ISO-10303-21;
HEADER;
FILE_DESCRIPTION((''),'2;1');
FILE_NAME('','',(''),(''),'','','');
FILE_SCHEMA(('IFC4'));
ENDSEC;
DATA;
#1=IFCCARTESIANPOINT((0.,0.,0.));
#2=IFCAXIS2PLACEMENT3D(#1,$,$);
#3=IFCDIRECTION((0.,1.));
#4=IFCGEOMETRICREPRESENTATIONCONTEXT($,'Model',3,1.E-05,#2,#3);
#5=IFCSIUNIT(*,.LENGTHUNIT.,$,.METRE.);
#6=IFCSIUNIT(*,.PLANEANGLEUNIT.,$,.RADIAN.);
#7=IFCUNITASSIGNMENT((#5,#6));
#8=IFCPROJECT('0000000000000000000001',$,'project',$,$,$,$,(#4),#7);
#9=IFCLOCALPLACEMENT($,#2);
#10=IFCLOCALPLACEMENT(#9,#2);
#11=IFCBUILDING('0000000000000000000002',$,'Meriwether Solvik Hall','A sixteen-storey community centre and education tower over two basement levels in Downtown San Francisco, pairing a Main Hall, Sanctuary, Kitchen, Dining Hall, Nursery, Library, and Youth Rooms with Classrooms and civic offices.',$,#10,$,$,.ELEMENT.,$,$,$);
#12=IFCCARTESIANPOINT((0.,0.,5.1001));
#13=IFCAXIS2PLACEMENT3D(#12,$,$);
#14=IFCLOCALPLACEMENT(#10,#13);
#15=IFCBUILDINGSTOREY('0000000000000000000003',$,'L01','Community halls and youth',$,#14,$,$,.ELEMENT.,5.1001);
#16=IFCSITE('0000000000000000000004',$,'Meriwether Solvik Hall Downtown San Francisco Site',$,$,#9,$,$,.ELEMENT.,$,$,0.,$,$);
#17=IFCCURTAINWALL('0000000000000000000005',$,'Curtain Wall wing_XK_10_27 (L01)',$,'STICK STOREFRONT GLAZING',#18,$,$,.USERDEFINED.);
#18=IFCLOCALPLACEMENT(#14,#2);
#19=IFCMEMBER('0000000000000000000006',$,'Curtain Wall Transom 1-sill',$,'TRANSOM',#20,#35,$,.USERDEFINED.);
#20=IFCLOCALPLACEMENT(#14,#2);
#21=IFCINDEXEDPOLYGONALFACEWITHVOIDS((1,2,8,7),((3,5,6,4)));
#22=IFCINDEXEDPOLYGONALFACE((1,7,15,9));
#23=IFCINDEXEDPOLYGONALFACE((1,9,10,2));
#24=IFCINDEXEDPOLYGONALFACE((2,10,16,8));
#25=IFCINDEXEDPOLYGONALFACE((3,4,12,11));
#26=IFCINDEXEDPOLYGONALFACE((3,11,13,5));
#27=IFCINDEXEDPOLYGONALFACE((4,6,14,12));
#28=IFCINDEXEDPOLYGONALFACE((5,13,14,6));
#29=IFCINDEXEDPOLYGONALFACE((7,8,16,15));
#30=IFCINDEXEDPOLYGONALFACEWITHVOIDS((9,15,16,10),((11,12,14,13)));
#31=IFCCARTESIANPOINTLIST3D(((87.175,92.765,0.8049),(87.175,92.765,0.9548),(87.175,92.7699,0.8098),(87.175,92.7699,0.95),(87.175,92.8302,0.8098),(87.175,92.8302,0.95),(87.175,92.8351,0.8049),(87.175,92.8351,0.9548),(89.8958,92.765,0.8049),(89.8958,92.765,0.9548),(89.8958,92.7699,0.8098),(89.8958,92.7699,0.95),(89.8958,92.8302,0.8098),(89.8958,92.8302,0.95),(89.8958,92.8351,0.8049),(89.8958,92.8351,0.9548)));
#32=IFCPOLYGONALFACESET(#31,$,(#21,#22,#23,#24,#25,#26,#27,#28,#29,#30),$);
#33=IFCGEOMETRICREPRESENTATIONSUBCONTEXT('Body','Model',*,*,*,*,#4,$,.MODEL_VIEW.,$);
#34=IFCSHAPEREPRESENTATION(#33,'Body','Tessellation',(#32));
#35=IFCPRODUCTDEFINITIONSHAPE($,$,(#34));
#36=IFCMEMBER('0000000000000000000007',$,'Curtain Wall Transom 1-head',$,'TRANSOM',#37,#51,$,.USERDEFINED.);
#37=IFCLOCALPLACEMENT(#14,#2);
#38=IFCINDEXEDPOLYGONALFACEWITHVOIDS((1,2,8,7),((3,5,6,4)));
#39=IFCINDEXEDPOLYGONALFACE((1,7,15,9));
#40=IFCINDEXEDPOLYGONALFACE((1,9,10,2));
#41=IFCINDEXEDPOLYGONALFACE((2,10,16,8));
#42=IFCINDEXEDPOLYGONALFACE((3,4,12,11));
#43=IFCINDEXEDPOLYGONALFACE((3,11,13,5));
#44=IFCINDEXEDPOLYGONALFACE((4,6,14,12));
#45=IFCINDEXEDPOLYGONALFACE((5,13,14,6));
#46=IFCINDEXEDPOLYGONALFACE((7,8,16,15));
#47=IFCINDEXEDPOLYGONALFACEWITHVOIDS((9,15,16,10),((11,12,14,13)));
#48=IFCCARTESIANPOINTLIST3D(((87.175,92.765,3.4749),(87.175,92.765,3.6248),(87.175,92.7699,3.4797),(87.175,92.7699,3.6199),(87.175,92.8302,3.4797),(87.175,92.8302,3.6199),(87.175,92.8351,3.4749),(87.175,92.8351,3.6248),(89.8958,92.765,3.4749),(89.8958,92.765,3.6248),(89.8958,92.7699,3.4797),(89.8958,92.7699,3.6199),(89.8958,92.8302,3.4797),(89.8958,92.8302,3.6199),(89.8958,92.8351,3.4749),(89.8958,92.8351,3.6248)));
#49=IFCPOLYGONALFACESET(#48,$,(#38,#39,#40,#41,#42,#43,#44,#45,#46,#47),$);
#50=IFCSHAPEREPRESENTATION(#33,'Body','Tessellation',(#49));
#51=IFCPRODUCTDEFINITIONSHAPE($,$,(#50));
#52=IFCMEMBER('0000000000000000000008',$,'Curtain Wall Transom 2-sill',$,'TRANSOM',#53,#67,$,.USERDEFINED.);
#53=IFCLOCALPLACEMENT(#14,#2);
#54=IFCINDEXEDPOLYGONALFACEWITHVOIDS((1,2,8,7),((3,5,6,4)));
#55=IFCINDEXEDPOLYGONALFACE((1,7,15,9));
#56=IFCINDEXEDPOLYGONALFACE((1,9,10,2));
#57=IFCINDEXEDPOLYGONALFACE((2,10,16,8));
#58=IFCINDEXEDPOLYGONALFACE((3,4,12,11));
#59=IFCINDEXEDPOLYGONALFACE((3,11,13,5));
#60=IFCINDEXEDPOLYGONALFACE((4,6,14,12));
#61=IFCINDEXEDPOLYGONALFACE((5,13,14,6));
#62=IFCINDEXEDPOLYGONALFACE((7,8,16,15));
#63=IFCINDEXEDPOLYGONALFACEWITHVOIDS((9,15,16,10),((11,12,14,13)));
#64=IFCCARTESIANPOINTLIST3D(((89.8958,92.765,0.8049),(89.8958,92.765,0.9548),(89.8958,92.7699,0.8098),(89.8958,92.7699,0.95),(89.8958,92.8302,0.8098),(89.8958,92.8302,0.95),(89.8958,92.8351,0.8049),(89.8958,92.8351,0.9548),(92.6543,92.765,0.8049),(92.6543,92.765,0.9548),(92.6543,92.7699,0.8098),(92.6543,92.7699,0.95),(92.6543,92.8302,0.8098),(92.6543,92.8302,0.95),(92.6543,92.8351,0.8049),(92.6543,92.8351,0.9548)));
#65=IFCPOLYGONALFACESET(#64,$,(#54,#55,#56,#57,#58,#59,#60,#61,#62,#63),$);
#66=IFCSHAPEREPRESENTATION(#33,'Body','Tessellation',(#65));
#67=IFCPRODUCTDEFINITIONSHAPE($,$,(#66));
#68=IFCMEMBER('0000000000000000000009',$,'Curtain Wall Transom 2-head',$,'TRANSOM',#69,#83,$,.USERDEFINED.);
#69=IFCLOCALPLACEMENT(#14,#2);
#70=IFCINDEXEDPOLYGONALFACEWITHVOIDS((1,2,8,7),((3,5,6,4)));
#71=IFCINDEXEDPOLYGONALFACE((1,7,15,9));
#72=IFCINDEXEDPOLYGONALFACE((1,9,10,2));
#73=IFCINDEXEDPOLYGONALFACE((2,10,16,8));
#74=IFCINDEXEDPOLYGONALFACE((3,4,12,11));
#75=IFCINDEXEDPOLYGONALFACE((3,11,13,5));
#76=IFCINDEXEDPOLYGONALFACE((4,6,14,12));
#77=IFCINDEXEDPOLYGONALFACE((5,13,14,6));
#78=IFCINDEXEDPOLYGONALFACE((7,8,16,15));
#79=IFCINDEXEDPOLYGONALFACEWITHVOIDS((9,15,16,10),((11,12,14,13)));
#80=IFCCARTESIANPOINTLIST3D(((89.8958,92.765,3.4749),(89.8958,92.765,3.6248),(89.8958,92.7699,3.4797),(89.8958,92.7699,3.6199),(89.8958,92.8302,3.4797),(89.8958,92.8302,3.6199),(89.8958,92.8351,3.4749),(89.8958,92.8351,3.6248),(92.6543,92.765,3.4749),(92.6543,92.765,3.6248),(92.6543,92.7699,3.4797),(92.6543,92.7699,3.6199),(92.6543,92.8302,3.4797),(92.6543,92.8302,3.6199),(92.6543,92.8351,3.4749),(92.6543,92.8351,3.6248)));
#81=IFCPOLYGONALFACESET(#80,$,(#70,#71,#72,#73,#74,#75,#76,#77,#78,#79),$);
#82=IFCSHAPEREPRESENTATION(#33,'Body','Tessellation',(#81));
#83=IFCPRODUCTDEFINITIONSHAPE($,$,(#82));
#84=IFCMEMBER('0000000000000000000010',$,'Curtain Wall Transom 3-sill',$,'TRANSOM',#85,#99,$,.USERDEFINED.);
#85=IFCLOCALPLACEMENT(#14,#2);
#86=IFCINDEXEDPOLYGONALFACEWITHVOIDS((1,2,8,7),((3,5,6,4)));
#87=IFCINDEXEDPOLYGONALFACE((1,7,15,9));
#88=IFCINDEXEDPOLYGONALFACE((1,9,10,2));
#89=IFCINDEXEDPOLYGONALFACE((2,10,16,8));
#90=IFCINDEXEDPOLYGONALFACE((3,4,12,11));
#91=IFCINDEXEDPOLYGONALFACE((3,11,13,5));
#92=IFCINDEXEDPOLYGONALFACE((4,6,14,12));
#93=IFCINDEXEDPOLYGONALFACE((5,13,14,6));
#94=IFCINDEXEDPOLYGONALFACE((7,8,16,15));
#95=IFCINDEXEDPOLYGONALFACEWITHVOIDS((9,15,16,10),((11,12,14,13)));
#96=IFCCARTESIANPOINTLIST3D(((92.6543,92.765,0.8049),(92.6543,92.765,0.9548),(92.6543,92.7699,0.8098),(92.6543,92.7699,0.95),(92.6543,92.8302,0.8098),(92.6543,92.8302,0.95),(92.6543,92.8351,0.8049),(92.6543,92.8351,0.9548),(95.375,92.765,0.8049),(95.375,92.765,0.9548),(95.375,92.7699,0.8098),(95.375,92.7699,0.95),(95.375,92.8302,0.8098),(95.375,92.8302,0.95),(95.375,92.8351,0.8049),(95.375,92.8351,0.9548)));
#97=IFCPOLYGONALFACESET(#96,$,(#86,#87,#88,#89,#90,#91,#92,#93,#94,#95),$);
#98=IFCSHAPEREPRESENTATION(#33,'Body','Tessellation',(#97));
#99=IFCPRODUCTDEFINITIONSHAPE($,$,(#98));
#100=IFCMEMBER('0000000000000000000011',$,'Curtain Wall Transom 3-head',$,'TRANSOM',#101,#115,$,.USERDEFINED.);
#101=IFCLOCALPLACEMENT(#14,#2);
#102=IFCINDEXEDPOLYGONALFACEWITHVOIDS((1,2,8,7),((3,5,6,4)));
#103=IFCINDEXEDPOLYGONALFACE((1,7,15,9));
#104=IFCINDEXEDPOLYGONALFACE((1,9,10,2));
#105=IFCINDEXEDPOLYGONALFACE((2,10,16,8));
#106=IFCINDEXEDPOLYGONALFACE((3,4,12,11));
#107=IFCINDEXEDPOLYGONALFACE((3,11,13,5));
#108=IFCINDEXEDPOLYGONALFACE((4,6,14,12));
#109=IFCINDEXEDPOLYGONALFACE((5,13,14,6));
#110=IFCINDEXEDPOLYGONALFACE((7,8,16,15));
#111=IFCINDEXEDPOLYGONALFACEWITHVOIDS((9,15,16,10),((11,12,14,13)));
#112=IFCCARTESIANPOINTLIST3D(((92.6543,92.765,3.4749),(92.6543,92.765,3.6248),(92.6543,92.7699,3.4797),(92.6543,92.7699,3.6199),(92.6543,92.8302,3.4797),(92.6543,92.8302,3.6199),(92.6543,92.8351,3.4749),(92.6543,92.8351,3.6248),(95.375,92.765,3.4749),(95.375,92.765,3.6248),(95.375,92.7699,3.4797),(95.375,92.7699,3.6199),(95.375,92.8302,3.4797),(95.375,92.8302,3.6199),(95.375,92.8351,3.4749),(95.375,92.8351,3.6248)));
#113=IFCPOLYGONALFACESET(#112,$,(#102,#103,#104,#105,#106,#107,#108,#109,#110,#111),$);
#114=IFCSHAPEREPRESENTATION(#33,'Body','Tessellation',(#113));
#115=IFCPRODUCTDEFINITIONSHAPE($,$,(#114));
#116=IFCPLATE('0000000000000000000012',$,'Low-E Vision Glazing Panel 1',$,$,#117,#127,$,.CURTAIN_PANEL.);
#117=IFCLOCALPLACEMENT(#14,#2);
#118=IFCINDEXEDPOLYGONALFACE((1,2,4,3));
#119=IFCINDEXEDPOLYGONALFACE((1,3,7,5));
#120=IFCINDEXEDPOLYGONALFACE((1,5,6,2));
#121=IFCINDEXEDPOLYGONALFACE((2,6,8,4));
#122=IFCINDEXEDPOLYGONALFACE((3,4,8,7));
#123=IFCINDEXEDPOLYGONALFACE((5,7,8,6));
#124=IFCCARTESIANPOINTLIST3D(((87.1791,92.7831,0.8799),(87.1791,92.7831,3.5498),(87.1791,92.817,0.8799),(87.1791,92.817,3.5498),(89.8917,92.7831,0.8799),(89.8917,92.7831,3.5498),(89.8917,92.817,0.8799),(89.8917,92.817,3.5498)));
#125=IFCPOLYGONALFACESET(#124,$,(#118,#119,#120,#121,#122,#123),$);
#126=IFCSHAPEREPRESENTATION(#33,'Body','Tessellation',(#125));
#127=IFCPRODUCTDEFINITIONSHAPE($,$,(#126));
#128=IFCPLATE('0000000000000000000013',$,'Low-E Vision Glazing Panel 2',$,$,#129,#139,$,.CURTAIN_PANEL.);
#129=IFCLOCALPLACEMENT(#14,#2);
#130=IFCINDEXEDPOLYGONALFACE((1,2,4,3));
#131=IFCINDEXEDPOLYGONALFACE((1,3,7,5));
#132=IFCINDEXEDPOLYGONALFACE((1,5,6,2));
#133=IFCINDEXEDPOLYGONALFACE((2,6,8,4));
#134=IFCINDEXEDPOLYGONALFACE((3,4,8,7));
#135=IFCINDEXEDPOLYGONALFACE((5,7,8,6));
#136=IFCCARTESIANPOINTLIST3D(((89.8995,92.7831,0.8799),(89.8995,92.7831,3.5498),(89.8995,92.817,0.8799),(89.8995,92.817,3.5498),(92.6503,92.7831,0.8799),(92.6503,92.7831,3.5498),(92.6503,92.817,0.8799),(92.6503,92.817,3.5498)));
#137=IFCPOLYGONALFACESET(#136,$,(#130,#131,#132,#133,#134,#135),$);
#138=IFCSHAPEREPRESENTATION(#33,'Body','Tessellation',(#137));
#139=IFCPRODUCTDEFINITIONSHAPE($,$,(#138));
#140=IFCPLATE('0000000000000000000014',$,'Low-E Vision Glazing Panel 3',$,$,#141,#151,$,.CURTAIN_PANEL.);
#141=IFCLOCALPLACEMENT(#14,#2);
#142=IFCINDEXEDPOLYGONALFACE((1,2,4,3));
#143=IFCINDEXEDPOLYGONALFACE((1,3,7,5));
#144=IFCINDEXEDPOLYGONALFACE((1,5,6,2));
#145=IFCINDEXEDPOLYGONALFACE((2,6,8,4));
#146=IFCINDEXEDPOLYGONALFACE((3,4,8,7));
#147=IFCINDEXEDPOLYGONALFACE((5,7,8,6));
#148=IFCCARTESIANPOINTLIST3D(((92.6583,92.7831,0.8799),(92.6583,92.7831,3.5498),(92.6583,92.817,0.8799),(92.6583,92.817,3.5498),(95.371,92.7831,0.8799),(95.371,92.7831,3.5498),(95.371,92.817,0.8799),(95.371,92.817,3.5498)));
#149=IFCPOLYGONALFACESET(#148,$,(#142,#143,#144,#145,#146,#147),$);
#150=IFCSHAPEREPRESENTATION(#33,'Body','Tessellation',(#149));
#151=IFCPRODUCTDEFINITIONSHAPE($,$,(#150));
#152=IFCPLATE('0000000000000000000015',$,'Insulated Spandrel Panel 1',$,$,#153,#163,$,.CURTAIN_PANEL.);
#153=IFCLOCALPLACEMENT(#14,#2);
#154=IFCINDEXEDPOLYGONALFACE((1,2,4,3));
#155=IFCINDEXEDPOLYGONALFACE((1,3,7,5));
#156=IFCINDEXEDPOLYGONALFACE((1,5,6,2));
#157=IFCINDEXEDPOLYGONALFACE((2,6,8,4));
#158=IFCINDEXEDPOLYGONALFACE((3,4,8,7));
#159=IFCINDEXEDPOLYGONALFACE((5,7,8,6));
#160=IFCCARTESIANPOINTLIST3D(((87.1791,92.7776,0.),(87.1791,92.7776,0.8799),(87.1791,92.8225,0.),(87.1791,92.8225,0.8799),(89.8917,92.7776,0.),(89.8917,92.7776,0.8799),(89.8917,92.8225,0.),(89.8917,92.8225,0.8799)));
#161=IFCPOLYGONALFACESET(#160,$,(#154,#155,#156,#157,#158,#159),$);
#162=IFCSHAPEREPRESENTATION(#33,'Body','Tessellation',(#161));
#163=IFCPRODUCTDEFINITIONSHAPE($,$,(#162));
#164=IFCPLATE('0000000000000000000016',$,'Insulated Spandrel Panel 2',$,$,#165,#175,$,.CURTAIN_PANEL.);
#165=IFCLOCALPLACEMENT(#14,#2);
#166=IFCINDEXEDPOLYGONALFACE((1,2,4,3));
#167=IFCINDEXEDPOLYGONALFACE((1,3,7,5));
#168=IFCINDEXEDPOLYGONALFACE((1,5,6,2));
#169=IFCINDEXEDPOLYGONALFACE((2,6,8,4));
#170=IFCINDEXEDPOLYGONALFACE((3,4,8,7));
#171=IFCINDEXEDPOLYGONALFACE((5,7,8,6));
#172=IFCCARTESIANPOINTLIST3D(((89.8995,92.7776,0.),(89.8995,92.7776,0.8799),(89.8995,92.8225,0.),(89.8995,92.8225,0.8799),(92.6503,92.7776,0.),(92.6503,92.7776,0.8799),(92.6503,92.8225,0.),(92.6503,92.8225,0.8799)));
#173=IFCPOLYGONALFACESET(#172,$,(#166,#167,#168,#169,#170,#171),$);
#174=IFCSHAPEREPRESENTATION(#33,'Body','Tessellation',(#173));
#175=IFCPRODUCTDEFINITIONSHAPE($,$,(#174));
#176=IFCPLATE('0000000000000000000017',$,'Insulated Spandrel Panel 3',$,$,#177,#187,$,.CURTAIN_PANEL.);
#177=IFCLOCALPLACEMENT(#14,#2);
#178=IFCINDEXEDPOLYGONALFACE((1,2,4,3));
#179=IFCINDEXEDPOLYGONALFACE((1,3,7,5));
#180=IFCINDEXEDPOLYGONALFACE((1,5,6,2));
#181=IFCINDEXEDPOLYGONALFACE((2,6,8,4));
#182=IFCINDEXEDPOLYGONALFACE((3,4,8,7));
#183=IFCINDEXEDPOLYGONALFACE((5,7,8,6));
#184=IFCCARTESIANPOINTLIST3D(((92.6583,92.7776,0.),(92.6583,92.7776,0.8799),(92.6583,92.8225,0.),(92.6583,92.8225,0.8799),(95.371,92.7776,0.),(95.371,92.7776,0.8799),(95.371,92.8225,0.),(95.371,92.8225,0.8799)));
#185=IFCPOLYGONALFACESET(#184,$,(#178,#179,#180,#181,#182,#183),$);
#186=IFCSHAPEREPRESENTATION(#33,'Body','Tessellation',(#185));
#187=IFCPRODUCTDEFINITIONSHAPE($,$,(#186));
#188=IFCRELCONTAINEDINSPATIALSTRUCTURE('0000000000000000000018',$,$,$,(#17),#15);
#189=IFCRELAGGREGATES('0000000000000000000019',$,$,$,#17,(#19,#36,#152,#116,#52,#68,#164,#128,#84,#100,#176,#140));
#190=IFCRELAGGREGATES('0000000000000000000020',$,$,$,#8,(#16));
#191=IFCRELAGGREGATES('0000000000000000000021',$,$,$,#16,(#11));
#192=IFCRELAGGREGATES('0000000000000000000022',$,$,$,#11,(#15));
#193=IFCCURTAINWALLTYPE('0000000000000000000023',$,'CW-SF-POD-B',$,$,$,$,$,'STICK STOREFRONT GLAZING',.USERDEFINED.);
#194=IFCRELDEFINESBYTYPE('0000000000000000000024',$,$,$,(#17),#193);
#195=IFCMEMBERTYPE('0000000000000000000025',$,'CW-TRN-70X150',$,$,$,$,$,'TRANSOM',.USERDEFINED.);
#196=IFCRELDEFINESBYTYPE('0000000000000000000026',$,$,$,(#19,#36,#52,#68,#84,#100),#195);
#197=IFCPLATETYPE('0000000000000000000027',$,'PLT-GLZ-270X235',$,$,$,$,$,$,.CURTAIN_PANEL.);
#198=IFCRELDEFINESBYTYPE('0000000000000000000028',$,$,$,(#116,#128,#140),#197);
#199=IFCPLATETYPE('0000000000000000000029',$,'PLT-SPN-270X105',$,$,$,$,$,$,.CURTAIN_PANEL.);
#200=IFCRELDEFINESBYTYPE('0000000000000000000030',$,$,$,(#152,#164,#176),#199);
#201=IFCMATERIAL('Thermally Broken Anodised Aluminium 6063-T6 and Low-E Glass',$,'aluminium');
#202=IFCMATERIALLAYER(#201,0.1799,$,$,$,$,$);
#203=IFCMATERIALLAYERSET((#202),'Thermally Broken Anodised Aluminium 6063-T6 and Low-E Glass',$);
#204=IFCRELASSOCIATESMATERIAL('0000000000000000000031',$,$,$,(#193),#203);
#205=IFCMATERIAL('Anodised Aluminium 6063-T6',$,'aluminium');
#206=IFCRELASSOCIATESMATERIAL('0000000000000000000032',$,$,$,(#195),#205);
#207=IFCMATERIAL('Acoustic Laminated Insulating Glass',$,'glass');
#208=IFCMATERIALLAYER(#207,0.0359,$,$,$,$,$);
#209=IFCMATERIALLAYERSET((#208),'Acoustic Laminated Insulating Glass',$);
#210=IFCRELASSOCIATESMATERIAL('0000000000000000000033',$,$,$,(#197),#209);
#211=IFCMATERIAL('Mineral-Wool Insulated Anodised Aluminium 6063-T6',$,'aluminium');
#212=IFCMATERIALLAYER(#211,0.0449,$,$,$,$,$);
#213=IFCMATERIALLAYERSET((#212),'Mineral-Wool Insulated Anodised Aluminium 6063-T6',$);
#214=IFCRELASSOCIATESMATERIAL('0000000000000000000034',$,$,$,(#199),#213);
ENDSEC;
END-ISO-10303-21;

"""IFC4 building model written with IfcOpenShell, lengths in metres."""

from ifc_helpers import new_model, si_unit, direction, frame, origin, origin_2d, place, context, subcontext, project, spatial, rectangle, hollow_rectangle, extrude, material, layer, layer_set, material_profile, profile_set, type_object, element, aggregate, save


model = new_model("IFC4")

# Units and contexts
model_context = context("Model", 3, precision=1e-05, world=origin(), true_north=direction((0.0, 1.0)))
body_context = subcontext(model_context, "Body", "Model", "MODEL_VIEW")
ifc_project = project(units=[si_unit("LENGTHUNIT", "METRE"), si_unit("PLANEANGLEUNIT", "RADIAN")], contexts=[model_context])

# Site, building, storey
site_placement = place(None, origin())
site = spatial("IfcSite", under=ifc_project, at=site_placement, Name="Meriwether Solvik Hall Downtown San Francisco Site", CompositionType="ELEMENT", RefElevation=0.0)
building_placement = place(site_placement, origin())
building = spatial("IfcBuilding", under=site, at=building_placement, Name="Meriwether Solvik Hall", Description="A sixteen-storey community centre and education tower over two basement levels in Downtown San Francisco, pairing a Main Hall, Sanctuary, Kitchen, Dining Hall, Nursery, Library, and Youth Rooms with Classrooms and civic offices.", CompositionType="ELEMENT")
storey_placement = place(building_placement, frame((0.0, 0.0, 5.1001)))
storey = spatial("IfcBuildingStorey", under=building, at=storey_placement, Name="L01", Description="Community halls and youth", CompositionType="ELEMENT", Elevation=5.1001)

# Curtain wall, members, plates
ifc_material_1 = material(Name="Thermally Broken Anodised Aluminium 6063-T6 and Low-E Glass", Category="aluminium")
ifc_layer_1 = layer(ifc_material_1, 0.1799)
ifc_layer_set_1 = layer_set([ifc_layer_1], Name="Thermally Broken Anodised Aluminium 6063-T6 and Low-E Glass")
curtain_wall_type = type_object("IfcCurtainWallType", Name="CW-SF-POD-B", ElementType="STICK STOREFRONT GLAZING", PredefinedType="USERDEFINED", material=ifc_layer_set_1)
curtain_wall_placement = place(storey_placement, origin())
curtain_wall = element("IfcCurtainWall", 1, at=curtain_wall_placement, inside=storey, type_object=curtain_wall_type, Name="Curtain Wall wing_XK_10_27 (L01)", ObjectType="STICK STOREFRONT GLAZING", PredefinedType="USERDEFINED")
ifc_material_2 = material(Name="Anodised Aluminium 6063-T6", Category="aluminium")
ifc_material_profile_1 = material_profile(ifc_material_2, hollow_rectangle(XDim=0.0701, YDim=0.1499, WallThickness=0.0049, at=origin_2d()), Name="CWT-70X150")
ifc_profile_set_1 = profile_set([ifc_material_profile_1], Name="Anodised Aluminium 6063-T6")
member_type_1 = type_object("IfcMemberType", Name="CW-TRN-70X150", ElementType="TRANSOM", PredefinedType="USERDEFINED", material=ifc_profile_set_1)
member_1_placement = place(storey_placement, frame((87.175, 92.8, 0.8799), z_axis=(1.0, 0.0, 0.0), x_axis=(0.0, 1.0, 0.0)))
member_1 = element("IfcMember", 2, at=member_1_placement, type_object=member_type_1, Name="Curtain Wall Transom 1-sill", ObjectType="TRANSOM", PredefinedType="USERDEFINED", context=body_context, shape_type="SweptSolid", body=[
    extrude(hollow_rectangle(XDim=0.0701, YDim=0.1499, WallThickness=0.0049, at=origin_2d()), origin(), (0.0, 0.0, 1.0), 2.7207),
])
member_2_placement = place(storey_placement, frame((87.175, 92.8, 3.5498), z_axis=(1.0, 0.0, 0.0), x_axis=(0.0, 1.0, 0.0)))
member_2 = element("IfcMember", 3, at=member_2_placement, type_object=member_type_1, Name="Curtain Wall Transom 1-head", ObjectType="TRANSOM", PredefinedType="USERDEFINED", context=body_context, shape_type="SweptSolid", body=[
    extrude(hollow_rectangle(XDim=0.0701, YDim=0.1499, WallThickness=0.0049, at=origin_2d()), origin(), (0.0, 0.0, 1.0), 2.7207),
])
member_3_placement = place(storey_placement, frame((89.8958, 92.8, 0.8799), z_axis=(1.0, 0.0, 0.0), x_axis=(0.0, 1.0, 0.0)))
member_3 = element("IfcMember", 4, at=member_3_placement, type_object=member_type_1, Name="Curtain Wall Transom 2-sill", ObjectType="TRANSOM", PredefinedType="USERDEFINED", context=body_context, shape_type="SweptSolid", body=[
    extrude(hollow_rectangle(XDim=0.0701, YDim=0.1499, WallThickness=0.0049, at=origin_2d()), origin(), (0.0, 0.0, 1.0), 2.7585),
])
member_4_placement = place(storey_placement, frame((89.8958, 92.8, 3.5498), z_axis=(1.0, 0.0, 0.0), x_axis=(0.0, 1.0, 0.0)))
member_4 = element("IfcMember", 5, at=member_4_placement, type_object=member_type_1, Name="Curtain Wall Transom 2-head", ObjectType="TRANSOM", PredefinedType="USERDEFINED", context=body_context, shape_type="SweptSolid", body=[
    extrude(hollow_rectangle(XDim=0.0701, YDim=0.1499, WallThickness=0.0049, at=origin_2d()), origin(), (0.0, 0.0, 1.0), 2.7585),
])
member_5_placement = place(storey_placement, frame((92.6543, 92.8, 0.8799), z_axis=(1.0, 0.0, 0.0), x_axis=(0.0, 1.0, 0.0)))
member_5 = element("IfcMember", 6, at=member_5_placement, type_object=member_type_1, Name="Curtain Wall Transom 3-sill", ObjectType="TRANSOM", PredefinedType="USERDEFINED", context=body_context, shape_type="SweptSolid", body=[
    extrude(hollow_rectangle(XDim=0.0701, YDim=0.1499, WallThickness=0.0049, at=origin_2d()), origin(), (0.0, 0.0, 1.0), 2.7207),
])
member_6_placement = place(storey_placement, frame((92.6543, 92.8, 3.5498), z_axis=(1.0, 0.0, 0.0), x_axis=(0.0, 1.0, 0.0)))
member_6 = element("IfcMember", 7, at=member_6_placement, type_object=member_type_1, Name="Curtain Wall Transom 3-head", ObjectType="TRANSOM", PredefinedType="USERDEFINED", context=body_context, shape_type="SweptSolid", body=[
    extrude(hollow_rectangle(XDim=0.0701, YDim=0.1499, WallThickness=0.0049, at=origin_2d()), origin(), (0.0, 0.0, 1.0), 2.7207),
])
ifc_material_3 = material(Name="Acoustic Laminated Insulating Glass", Category="glass")
ifc_layer_2 = layer(ifc_material_3, 0.0359)
ifc_layer_set_2 = layer_set([ifc_layer_2], Name="Acoustic Laminated Insulating Glass")
plate_type_1 = type_object("IfcPlateType", Name="PLT-GLZ-270X235", PredefinedType="CURTAIN_PANEL", material=ifc_layer_set_2)
plate_1_placement = place(storey_placement, frame((88.5354, 92.8, 0.8799), z_axis=(0.0, 0.0, 1.0), x_axis=(1.0, 0.0, 0.0)))
plate_1 = element("IfcPlate", 8, at=plate_1_placement, type_object=plate_type_1, Name="Low-E Vision Glazing Panel 1", PredefinedType="CURTAIN_PANEL", context=body_context, shape_type="SweptSolid", body=[
    extrude(rectangle(XDim=2.7126, YDim=0.0339, at=origin_2d()), origin(), (0.0, 0.0, 1.0), 2.6699),
])
plate_2_placement = place(storey_placement, frame((91.2749, 92.8, 0.8799), z_axis=(0.0, 0.0, 1.0), x_axis=(1.0, 0.0, 0.0)))
plate_2 = element("IfcPlate", 9, at=plate_2_placement, type_object=plate_type_1, Name="Low-E Vision Glazing Panel 2", PredefinedType="CURTAIN_PANEL", context=body_context, shape_type="SweptSolid", body=[
    extrude(rectangle(XDim=2.7507, YDim=0.0339, at=origin_2d()), origin(), (0.0, 0.0, 1.0), 2.6699),
])
plate_3_placement = place(storey_placement, frame((94.0146, 92.8, 0.8799), z_axis=(0.0, 0.0, 1.0), x_axis=(1.0, 0.0, 0.0)))
plate_3 = element("IfcPlate", 10, at=plate_3_placement, type_object=plate_type_1, Name="Low-E Vision Glazing Panel 3", PredefinedType="CURTAIN_PANEL", context=body_context, shape_type="SweptSolid", body=[
    extrude(rectangle(XDim=2.7126, YDim=0.0339, at=origin_2d()), origin(), (0.0, 0.0, 1.0), 2.6699),
])
ifc_material_4 = material(Name="Mineral-Wool Insulated Anodised Aluminium 6063-T6", Category="aluminium")
ifc_layer_3 = layer(ifc_material_4, 0.0449)
ifc_layer_set_3 = layer_set([ifc_layer_3], Name="Mineral-Wool Insulated Anodised Aluminium 6063-T6")
plate_type_2 = type_object("IfcPlateType", Name="PLT-SPN-270X105", PredefinedType="CURTAIN_PANEL", material=ifc_layer_set_3)
plate_4_placement = place(storey_placement, frame((88.5354, 92.8, 0.0), z_axis=(0.0, 0.0, 1.0), x_axis=(1.0, 0.0, 0.0)))
plate_4 = element("IfcPlate", 11, at=plate_4_placement, type_object=plate_type_2, Name="Insulated Spandrel Panel 1", PredefinedType="CURTAIN_PANEL", context=body_context, shape_type="SweptSolid", body=[
    extrude(rectangle(XDim=2.7126, YDim=0.0449, at=origin_2d()), origin(), (0.0, 0.0, 1.0), 0.8799),
])
plate_5_placement = place(storey_placement, frame((91.2749, 92.8, 0.0), z_axis=(0.0, 0.0, 1.0), x_axis=(1.0, 0.0, 0.0)))
plate_5 = element("IfcPlate", 12, at=plate_5_placement, type_object=plate_type_2, Name="Insulated Spandrel Panel 2", PredefinedType="CURTAIN_PANEL", context=body_context, shape_type="SweptSolid", body=[
    extrude(rectangle(XDim=2.7507, YDim=0.0449, at=origin_2d()), origin(), (0.0, 0.0, 1.0), 0.8799),
])
plate_6_placement = place(storey_placement, frame((94.0146, 92.8, 0.0), z_axis=(0.0, 0.0, 1.0), x_axis=(1.0, 0.0, 0.0)))
plate_6 = element("IfcPlate", 13, at=plate_6_placement, type_object=plate_type_2, Name="Insulated Spandrel Panel 3", PredefinedType="CURTAIN_PANEL", context=body_context, shape_type="SweptSolid", body=[
    extrude(rectangle(XDim=2.7126, YDim=0.0449, at=origin_2d()), origin(), (0.0, 0.0, 1.0), 0.8799),
])
aggregate(curtain_wall, [member_1, member_2, plate_4, plate_1, member_3, member_4, plate_5, plate_2, member_5, member_6, plate_6, plate_3])

save(model, "model.ifc")
